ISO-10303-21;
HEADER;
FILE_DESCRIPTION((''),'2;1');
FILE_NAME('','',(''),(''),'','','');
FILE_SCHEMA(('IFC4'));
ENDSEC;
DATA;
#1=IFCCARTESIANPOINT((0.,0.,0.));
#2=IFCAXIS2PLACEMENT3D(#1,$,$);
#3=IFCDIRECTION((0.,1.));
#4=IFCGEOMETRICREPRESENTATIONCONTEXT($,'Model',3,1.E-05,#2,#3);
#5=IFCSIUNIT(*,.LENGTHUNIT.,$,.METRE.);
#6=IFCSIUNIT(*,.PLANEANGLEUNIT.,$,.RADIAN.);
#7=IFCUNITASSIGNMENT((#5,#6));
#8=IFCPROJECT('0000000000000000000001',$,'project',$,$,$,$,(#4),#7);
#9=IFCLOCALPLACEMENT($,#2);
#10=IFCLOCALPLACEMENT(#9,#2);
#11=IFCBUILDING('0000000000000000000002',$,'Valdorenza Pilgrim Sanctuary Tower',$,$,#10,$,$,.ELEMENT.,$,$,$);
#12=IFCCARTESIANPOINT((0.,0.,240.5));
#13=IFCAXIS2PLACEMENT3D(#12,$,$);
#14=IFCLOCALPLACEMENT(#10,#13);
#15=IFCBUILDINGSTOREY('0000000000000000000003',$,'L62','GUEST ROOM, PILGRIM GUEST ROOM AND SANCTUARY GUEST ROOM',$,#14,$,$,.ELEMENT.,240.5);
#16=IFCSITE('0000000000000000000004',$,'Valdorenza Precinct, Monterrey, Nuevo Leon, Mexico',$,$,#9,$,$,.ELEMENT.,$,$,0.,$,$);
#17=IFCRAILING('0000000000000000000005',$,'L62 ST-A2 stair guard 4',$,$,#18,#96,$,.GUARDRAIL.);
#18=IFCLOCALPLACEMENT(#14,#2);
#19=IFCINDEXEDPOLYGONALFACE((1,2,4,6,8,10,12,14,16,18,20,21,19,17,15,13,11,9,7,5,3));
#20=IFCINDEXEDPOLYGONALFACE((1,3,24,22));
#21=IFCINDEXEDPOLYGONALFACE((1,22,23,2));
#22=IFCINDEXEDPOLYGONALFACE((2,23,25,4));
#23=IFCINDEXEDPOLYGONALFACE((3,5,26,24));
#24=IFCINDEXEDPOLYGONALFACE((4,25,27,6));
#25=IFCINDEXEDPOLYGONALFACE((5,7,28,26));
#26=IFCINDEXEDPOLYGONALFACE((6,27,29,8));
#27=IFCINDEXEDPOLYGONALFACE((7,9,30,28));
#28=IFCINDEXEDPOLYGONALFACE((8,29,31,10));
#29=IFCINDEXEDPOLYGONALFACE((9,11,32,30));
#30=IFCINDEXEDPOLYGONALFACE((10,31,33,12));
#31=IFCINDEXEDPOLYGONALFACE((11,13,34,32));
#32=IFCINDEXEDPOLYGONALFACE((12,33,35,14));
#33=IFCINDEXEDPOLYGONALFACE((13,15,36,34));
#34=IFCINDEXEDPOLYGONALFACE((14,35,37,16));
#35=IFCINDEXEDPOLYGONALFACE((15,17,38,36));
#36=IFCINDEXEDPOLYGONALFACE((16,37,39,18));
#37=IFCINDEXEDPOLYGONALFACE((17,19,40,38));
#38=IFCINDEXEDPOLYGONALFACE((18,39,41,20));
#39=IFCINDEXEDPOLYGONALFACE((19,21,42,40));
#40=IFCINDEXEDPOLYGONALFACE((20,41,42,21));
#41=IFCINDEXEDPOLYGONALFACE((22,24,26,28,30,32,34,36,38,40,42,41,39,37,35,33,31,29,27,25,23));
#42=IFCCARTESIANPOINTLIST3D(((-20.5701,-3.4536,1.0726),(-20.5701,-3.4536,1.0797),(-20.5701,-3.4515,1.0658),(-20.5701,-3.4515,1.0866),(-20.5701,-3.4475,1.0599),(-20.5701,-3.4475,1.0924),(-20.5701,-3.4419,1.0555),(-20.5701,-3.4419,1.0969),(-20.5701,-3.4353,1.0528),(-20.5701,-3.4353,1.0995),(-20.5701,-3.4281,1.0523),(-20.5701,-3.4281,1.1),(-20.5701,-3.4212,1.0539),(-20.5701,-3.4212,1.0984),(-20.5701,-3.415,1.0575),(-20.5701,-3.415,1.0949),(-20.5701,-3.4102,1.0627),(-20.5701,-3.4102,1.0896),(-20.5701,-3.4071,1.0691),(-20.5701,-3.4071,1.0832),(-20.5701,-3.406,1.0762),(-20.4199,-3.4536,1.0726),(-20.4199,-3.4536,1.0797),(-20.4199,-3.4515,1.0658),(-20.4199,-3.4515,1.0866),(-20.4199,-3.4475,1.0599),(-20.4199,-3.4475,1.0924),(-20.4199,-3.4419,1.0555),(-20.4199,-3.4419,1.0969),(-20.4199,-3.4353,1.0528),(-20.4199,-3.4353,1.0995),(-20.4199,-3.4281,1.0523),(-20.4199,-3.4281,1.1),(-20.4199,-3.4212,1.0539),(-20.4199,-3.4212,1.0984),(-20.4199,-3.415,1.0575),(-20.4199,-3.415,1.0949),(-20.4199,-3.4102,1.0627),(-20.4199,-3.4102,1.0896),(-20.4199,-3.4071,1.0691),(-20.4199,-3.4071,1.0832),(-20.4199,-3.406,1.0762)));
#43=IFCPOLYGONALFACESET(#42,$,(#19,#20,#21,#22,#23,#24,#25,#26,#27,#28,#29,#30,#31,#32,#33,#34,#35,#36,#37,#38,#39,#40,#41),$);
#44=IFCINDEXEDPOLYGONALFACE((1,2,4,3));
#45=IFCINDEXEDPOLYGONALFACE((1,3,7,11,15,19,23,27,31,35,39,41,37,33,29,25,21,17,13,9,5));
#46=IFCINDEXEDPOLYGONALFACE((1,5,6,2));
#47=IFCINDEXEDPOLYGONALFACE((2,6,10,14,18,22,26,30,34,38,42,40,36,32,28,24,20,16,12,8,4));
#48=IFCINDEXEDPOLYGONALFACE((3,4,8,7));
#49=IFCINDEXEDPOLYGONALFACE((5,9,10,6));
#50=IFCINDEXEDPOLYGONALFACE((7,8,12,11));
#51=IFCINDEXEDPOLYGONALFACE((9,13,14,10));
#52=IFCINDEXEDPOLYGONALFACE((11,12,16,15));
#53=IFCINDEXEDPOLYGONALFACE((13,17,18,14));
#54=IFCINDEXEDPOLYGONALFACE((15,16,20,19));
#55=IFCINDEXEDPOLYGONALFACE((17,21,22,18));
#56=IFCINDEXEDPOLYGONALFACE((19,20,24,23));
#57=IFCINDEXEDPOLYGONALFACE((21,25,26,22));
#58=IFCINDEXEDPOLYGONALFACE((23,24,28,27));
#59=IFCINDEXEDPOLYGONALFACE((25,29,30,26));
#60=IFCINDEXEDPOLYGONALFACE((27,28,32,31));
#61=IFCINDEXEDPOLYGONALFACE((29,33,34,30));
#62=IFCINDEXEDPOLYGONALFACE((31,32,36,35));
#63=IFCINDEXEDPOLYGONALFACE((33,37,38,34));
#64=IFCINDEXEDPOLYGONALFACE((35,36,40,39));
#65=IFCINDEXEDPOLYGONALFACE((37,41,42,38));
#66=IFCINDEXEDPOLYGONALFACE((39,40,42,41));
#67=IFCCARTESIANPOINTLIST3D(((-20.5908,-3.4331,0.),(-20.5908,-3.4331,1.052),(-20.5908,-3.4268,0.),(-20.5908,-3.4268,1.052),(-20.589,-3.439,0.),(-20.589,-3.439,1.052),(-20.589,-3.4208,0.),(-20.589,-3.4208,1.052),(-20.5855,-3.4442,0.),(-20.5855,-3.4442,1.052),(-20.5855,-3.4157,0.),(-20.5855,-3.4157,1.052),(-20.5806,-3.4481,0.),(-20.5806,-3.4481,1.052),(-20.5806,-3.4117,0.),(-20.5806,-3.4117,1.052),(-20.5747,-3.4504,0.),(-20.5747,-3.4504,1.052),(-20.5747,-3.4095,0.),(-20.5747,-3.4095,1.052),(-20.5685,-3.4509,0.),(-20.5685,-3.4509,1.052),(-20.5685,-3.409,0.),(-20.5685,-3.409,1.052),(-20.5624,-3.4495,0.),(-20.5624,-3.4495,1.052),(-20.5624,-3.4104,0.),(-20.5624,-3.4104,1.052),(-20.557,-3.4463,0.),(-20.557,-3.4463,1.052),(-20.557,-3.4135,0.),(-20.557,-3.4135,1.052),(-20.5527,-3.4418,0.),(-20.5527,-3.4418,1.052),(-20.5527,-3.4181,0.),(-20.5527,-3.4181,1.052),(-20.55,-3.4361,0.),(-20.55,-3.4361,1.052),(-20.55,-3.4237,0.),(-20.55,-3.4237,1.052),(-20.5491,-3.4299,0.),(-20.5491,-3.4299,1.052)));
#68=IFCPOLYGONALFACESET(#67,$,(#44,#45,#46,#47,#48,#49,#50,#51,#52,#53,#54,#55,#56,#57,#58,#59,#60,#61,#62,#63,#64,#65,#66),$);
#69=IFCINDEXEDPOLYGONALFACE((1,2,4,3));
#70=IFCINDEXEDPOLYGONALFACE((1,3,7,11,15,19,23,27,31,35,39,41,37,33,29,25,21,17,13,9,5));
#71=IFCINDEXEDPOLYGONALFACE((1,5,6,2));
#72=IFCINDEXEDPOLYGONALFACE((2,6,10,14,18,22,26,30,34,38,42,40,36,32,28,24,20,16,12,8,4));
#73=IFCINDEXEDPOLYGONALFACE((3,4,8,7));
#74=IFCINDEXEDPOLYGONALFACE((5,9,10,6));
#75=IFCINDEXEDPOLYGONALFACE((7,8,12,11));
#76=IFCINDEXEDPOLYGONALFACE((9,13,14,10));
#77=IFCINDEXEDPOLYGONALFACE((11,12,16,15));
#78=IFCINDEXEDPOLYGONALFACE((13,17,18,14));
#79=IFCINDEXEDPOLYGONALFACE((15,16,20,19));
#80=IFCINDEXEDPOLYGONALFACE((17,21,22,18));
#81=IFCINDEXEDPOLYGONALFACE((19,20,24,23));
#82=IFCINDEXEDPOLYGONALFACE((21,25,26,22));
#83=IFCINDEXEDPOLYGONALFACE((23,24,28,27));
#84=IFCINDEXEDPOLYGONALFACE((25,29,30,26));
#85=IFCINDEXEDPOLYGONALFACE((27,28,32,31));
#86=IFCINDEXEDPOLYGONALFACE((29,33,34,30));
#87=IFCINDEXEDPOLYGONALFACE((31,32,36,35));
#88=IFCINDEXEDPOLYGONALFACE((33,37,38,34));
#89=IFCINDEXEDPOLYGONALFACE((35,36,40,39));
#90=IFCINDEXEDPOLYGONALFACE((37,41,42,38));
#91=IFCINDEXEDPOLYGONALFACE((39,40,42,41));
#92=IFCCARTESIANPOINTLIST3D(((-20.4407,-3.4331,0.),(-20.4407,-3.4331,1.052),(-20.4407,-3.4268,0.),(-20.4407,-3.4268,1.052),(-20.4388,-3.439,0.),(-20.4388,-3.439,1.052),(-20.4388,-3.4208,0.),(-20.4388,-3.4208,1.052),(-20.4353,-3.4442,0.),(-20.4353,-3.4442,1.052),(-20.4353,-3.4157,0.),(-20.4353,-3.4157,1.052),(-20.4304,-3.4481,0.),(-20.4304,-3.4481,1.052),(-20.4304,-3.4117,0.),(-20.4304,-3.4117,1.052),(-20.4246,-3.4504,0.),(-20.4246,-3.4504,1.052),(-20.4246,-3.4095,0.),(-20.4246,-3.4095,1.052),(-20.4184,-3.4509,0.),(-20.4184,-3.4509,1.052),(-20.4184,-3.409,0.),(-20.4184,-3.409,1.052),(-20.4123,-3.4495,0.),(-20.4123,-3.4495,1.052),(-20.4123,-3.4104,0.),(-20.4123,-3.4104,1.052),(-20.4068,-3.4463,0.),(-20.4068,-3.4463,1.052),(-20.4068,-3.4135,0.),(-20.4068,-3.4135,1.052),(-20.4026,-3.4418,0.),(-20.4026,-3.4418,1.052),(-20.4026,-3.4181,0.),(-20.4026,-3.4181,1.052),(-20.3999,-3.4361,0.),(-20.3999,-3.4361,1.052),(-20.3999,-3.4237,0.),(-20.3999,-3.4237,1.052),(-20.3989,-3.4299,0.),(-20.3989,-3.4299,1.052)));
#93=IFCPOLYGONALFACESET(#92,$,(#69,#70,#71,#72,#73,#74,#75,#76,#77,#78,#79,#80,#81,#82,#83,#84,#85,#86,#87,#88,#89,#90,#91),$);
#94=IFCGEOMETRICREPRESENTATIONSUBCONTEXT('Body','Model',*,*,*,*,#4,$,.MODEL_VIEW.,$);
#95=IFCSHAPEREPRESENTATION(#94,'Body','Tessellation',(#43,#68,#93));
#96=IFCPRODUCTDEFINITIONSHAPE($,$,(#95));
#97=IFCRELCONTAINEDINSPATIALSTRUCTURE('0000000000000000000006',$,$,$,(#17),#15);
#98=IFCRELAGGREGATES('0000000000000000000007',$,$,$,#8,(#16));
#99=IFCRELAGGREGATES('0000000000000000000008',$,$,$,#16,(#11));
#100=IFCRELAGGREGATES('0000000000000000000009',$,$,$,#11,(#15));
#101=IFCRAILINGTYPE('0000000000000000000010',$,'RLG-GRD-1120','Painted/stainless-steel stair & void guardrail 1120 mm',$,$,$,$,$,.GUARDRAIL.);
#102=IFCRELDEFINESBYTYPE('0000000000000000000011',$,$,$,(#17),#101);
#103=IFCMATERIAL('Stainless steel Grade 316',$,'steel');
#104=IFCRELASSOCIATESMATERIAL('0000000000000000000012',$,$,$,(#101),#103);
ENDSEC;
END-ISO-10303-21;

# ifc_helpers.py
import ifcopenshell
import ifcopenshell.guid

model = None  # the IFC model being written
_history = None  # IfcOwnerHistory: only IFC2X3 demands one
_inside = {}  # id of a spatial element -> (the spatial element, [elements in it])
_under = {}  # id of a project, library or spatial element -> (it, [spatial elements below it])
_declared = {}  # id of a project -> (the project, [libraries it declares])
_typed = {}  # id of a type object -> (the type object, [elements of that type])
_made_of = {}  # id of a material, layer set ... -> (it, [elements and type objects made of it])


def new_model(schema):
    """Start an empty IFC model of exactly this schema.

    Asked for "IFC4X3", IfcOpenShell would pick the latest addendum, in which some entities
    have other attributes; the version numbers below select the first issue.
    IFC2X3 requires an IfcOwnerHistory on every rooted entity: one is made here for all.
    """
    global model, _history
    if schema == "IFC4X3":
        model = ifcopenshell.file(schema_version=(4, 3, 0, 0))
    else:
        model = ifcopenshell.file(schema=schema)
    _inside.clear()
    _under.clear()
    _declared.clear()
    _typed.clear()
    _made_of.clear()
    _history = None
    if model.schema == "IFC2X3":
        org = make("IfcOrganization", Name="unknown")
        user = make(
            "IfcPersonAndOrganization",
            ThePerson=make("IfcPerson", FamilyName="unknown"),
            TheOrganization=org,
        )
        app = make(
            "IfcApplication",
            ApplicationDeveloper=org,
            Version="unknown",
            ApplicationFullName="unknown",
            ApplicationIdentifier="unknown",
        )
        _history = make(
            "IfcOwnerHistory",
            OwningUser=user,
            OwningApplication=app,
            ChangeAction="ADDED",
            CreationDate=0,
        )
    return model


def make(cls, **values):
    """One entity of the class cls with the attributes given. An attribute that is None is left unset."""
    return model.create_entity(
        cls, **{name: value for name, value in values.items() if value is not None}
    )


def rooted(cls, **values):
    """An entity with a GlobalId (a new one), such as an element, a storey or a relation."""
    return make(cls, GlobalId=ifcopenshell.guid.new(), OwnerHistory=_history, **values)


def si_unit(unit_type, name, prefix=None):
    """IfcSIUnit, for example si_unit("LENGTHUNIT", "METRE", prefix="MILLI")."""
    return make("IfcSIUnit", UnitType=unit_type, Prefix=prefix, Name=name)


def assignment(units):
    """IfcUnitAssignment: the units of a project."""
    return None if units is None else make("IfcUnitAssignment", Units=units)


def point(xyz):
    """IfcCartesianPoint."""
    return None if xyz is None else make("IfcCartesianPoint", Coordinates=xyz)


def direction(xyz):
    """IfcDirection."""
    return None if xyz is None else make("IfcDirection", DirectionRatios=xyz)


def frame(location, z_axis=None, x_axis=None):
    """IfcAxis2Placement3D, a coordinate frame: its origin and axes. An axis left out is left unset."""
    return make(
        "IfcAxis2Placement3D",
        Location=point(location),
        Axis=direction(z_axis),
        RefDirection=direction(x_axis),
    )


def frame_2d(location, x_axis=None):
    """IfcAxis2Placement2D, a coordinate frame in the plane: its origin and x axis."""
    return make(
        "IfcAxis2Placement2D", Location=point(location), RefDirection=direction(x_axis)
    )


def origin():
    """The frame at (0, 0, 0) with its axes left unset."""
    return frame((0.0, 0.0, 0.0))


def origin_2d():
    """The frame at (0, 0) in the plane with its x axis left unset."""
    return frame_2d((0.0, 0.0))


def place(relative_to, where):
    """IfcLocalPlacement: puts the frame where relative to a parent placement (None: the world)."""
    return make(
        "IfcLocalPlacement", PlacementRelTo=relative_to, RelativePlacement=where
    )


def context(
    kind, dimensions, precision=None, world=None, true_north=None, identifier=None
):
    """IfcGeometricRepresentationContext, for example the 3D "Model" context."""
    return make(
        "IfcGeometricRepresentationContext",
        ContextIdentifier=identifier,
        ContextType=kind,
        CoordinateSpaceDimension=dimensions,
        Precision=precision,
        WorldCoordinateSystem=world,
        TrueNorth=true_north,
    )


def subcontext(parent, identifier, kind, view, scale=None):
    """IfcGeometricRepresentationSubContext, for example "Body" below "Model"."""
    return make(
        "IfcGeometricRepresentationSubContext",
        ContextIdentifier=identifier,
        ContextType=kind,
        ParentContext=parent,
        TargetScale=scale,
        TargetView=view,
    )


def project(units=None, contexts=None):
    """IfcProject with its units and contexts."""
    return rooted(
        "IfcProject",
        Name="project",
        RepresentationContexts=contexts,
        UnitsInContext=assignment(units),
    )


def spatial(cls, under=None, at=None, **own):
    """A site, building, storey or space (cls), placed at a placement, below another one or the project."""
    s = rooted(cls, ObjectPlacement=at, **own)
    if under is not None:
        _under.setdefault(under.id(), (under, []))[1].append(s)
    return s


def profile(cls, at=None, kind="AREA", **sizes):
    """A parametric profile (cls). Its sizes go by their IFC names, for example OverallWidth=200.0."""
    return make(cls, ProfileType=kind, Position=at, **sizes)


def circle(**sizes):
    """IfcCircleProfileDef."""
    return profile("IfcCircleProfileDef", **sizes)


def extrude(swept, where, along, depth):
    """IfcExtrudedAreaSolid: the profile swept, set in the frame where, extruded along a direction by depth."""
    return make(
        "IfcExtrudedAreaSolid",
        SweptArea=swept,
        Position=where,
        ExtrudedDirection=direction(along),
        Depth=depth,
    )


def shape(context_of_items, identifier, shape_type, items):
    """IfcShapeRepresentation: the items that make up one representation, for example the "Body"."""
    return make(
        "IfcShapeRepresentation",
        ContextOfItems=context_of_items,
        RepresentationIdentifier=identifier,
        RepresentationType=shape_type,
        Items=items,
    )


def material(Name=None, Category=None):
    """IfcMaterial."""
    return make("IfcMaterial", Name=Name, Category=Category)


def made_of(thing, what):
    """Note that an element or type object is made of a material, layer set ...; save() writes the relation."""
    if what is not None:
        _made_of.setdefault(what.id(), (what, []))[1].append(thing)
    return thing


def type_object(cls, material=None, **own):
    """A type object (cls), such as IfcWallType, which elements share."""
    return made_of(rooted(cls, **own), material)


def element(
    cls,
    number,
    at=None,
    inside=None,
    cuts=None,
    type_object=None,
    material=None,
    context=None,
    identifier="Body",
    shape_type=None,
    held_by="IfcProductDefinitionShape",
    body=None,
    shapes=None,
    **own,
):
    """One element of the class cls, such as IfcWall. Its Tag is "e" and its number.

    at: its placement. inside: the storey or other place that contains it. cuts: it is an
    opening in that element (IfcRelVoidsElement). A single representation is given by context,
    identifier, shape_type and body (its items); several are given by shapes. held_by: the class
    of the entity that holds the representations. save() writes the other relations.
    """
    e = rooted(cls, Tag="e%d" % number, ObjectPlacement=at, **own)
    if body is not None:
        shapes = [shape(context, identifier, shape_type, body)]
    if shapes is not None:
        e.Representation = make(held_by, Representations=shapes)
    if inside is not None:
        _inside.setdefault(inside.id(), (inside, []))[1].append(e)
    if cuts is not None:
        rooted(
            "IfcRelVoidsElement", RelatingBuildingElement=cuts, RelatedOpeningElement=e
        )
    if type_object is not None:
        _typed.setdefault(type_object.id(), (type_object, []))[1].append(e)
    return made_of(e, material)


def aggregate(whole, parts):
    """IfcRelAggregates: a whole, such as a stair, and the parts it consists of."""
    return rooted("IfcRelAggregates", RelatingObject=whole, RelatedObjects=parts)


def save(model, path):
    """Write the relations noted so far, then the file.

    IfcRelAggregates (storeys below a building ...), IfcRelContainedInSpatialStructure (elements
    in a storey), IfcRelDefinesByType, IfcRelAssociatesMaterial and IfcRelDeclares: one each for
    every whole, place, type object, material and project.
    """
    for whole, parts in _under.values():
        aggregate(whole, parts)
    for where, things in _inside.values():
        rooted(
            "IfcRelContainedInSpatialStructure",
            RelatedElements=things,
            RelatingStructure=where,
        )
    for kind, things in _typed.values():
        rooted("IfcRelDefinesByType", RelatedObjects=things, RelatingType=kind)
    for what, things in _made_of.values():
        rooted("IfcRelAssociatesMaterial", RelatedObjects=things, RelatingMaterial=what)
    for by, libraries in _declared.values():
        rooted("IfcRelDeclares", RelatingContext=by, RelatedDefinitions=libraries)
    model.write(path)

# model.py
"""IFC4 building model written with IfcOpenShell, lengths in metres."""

from ifc_helpers import new_model, si_unit, direction, frame, origin, origin_2d, place, context, subcontext, project, spatial, circle, extrude, material, type_object, element, save


model = new_model("IFC4")

# Units and contexts
model_context = context("Model", 3, precision=1e-05, world=origin(), true_north=direction((0.0, 1.0)))
body_context = subcontext(model_context, "Body", "Model", "MODEL_VIEW")
ifc_project = project(units=[si_unit("LENGTHUNIT", "METRE"), si_unit("PLANEANGLEUNIT", "RADIAN")], contexts=[model_context])

# Site, building, storey
site_placement = place(None, origin())
site = spatial("IfcSite", under=ifc_project, at=site_placement, Name="Valdorenza Precinct, Monterrey, Nuevo Leon, Mexico", CompositionType="ELEMENT", RefElevation=0.0)
building_placement = place(site_placement, origin())
building = spatial("IfcBuilding", under=site, at=building_placement, Name="Valdorenza Pilgrim Sanctuary Tower", CompositionType="ELEMENT")
storey_placement = place(building_placement, frame((0.0, 0.0, 240.5)))
storey = spatial("IfcBuildingStorey", under=building, at=storey_placement, Name="L62", Description="GUEST ROOM, PILGRIM GUEST ROOM AND SANCTUARY GUEST ROOM", CompositionType="ELEMENT", Elevation=240.5)

# Railing
ifc_material_1 = material(Name="Stainless steel Grade 316", Category="steel")
railing_type_1 = type_object("IfcRailingType", Name="RLG-GRD-1120", Description="Painted/stainless-steel stair & void guardrail 1120 mm", PredefinedType="GUARDRAIL", material=ifc_material_1)
railing_1_placement = place(storey_placement, frame((-20.5701, -3.4299, 0.0)))
element("IfcRailing", 1, at=railing_1_placement, inside=storey, type_object=railing_type_1, Name="L62 ST-A2 stair guard 4", PredefinedType="GUARDRAIL", context=body_context, shape_type="SweptSolid", body=[
    extrude(circle(Radius=0.0239, at=origin_2d()), frame((0.0, 0.0, 1.0762), z_axis=(1.0, 0.0, 0.0), x_axis=(0.0, 1.0, 0.0)), (0.0, 0.0, 1.0), 0.1501),
    extrude(circle(Radius=0.021, at=origin_2d()), origin(), (0.0, 0.0, 1.0), 1.052),
    extrude(circle(Radius=0.021, at=origin_2d()), frame((0.1501, 0.0, 0.0)), (0.0, 0.0, 1.0), 1.052),
])

save(model, "model.ifc")
